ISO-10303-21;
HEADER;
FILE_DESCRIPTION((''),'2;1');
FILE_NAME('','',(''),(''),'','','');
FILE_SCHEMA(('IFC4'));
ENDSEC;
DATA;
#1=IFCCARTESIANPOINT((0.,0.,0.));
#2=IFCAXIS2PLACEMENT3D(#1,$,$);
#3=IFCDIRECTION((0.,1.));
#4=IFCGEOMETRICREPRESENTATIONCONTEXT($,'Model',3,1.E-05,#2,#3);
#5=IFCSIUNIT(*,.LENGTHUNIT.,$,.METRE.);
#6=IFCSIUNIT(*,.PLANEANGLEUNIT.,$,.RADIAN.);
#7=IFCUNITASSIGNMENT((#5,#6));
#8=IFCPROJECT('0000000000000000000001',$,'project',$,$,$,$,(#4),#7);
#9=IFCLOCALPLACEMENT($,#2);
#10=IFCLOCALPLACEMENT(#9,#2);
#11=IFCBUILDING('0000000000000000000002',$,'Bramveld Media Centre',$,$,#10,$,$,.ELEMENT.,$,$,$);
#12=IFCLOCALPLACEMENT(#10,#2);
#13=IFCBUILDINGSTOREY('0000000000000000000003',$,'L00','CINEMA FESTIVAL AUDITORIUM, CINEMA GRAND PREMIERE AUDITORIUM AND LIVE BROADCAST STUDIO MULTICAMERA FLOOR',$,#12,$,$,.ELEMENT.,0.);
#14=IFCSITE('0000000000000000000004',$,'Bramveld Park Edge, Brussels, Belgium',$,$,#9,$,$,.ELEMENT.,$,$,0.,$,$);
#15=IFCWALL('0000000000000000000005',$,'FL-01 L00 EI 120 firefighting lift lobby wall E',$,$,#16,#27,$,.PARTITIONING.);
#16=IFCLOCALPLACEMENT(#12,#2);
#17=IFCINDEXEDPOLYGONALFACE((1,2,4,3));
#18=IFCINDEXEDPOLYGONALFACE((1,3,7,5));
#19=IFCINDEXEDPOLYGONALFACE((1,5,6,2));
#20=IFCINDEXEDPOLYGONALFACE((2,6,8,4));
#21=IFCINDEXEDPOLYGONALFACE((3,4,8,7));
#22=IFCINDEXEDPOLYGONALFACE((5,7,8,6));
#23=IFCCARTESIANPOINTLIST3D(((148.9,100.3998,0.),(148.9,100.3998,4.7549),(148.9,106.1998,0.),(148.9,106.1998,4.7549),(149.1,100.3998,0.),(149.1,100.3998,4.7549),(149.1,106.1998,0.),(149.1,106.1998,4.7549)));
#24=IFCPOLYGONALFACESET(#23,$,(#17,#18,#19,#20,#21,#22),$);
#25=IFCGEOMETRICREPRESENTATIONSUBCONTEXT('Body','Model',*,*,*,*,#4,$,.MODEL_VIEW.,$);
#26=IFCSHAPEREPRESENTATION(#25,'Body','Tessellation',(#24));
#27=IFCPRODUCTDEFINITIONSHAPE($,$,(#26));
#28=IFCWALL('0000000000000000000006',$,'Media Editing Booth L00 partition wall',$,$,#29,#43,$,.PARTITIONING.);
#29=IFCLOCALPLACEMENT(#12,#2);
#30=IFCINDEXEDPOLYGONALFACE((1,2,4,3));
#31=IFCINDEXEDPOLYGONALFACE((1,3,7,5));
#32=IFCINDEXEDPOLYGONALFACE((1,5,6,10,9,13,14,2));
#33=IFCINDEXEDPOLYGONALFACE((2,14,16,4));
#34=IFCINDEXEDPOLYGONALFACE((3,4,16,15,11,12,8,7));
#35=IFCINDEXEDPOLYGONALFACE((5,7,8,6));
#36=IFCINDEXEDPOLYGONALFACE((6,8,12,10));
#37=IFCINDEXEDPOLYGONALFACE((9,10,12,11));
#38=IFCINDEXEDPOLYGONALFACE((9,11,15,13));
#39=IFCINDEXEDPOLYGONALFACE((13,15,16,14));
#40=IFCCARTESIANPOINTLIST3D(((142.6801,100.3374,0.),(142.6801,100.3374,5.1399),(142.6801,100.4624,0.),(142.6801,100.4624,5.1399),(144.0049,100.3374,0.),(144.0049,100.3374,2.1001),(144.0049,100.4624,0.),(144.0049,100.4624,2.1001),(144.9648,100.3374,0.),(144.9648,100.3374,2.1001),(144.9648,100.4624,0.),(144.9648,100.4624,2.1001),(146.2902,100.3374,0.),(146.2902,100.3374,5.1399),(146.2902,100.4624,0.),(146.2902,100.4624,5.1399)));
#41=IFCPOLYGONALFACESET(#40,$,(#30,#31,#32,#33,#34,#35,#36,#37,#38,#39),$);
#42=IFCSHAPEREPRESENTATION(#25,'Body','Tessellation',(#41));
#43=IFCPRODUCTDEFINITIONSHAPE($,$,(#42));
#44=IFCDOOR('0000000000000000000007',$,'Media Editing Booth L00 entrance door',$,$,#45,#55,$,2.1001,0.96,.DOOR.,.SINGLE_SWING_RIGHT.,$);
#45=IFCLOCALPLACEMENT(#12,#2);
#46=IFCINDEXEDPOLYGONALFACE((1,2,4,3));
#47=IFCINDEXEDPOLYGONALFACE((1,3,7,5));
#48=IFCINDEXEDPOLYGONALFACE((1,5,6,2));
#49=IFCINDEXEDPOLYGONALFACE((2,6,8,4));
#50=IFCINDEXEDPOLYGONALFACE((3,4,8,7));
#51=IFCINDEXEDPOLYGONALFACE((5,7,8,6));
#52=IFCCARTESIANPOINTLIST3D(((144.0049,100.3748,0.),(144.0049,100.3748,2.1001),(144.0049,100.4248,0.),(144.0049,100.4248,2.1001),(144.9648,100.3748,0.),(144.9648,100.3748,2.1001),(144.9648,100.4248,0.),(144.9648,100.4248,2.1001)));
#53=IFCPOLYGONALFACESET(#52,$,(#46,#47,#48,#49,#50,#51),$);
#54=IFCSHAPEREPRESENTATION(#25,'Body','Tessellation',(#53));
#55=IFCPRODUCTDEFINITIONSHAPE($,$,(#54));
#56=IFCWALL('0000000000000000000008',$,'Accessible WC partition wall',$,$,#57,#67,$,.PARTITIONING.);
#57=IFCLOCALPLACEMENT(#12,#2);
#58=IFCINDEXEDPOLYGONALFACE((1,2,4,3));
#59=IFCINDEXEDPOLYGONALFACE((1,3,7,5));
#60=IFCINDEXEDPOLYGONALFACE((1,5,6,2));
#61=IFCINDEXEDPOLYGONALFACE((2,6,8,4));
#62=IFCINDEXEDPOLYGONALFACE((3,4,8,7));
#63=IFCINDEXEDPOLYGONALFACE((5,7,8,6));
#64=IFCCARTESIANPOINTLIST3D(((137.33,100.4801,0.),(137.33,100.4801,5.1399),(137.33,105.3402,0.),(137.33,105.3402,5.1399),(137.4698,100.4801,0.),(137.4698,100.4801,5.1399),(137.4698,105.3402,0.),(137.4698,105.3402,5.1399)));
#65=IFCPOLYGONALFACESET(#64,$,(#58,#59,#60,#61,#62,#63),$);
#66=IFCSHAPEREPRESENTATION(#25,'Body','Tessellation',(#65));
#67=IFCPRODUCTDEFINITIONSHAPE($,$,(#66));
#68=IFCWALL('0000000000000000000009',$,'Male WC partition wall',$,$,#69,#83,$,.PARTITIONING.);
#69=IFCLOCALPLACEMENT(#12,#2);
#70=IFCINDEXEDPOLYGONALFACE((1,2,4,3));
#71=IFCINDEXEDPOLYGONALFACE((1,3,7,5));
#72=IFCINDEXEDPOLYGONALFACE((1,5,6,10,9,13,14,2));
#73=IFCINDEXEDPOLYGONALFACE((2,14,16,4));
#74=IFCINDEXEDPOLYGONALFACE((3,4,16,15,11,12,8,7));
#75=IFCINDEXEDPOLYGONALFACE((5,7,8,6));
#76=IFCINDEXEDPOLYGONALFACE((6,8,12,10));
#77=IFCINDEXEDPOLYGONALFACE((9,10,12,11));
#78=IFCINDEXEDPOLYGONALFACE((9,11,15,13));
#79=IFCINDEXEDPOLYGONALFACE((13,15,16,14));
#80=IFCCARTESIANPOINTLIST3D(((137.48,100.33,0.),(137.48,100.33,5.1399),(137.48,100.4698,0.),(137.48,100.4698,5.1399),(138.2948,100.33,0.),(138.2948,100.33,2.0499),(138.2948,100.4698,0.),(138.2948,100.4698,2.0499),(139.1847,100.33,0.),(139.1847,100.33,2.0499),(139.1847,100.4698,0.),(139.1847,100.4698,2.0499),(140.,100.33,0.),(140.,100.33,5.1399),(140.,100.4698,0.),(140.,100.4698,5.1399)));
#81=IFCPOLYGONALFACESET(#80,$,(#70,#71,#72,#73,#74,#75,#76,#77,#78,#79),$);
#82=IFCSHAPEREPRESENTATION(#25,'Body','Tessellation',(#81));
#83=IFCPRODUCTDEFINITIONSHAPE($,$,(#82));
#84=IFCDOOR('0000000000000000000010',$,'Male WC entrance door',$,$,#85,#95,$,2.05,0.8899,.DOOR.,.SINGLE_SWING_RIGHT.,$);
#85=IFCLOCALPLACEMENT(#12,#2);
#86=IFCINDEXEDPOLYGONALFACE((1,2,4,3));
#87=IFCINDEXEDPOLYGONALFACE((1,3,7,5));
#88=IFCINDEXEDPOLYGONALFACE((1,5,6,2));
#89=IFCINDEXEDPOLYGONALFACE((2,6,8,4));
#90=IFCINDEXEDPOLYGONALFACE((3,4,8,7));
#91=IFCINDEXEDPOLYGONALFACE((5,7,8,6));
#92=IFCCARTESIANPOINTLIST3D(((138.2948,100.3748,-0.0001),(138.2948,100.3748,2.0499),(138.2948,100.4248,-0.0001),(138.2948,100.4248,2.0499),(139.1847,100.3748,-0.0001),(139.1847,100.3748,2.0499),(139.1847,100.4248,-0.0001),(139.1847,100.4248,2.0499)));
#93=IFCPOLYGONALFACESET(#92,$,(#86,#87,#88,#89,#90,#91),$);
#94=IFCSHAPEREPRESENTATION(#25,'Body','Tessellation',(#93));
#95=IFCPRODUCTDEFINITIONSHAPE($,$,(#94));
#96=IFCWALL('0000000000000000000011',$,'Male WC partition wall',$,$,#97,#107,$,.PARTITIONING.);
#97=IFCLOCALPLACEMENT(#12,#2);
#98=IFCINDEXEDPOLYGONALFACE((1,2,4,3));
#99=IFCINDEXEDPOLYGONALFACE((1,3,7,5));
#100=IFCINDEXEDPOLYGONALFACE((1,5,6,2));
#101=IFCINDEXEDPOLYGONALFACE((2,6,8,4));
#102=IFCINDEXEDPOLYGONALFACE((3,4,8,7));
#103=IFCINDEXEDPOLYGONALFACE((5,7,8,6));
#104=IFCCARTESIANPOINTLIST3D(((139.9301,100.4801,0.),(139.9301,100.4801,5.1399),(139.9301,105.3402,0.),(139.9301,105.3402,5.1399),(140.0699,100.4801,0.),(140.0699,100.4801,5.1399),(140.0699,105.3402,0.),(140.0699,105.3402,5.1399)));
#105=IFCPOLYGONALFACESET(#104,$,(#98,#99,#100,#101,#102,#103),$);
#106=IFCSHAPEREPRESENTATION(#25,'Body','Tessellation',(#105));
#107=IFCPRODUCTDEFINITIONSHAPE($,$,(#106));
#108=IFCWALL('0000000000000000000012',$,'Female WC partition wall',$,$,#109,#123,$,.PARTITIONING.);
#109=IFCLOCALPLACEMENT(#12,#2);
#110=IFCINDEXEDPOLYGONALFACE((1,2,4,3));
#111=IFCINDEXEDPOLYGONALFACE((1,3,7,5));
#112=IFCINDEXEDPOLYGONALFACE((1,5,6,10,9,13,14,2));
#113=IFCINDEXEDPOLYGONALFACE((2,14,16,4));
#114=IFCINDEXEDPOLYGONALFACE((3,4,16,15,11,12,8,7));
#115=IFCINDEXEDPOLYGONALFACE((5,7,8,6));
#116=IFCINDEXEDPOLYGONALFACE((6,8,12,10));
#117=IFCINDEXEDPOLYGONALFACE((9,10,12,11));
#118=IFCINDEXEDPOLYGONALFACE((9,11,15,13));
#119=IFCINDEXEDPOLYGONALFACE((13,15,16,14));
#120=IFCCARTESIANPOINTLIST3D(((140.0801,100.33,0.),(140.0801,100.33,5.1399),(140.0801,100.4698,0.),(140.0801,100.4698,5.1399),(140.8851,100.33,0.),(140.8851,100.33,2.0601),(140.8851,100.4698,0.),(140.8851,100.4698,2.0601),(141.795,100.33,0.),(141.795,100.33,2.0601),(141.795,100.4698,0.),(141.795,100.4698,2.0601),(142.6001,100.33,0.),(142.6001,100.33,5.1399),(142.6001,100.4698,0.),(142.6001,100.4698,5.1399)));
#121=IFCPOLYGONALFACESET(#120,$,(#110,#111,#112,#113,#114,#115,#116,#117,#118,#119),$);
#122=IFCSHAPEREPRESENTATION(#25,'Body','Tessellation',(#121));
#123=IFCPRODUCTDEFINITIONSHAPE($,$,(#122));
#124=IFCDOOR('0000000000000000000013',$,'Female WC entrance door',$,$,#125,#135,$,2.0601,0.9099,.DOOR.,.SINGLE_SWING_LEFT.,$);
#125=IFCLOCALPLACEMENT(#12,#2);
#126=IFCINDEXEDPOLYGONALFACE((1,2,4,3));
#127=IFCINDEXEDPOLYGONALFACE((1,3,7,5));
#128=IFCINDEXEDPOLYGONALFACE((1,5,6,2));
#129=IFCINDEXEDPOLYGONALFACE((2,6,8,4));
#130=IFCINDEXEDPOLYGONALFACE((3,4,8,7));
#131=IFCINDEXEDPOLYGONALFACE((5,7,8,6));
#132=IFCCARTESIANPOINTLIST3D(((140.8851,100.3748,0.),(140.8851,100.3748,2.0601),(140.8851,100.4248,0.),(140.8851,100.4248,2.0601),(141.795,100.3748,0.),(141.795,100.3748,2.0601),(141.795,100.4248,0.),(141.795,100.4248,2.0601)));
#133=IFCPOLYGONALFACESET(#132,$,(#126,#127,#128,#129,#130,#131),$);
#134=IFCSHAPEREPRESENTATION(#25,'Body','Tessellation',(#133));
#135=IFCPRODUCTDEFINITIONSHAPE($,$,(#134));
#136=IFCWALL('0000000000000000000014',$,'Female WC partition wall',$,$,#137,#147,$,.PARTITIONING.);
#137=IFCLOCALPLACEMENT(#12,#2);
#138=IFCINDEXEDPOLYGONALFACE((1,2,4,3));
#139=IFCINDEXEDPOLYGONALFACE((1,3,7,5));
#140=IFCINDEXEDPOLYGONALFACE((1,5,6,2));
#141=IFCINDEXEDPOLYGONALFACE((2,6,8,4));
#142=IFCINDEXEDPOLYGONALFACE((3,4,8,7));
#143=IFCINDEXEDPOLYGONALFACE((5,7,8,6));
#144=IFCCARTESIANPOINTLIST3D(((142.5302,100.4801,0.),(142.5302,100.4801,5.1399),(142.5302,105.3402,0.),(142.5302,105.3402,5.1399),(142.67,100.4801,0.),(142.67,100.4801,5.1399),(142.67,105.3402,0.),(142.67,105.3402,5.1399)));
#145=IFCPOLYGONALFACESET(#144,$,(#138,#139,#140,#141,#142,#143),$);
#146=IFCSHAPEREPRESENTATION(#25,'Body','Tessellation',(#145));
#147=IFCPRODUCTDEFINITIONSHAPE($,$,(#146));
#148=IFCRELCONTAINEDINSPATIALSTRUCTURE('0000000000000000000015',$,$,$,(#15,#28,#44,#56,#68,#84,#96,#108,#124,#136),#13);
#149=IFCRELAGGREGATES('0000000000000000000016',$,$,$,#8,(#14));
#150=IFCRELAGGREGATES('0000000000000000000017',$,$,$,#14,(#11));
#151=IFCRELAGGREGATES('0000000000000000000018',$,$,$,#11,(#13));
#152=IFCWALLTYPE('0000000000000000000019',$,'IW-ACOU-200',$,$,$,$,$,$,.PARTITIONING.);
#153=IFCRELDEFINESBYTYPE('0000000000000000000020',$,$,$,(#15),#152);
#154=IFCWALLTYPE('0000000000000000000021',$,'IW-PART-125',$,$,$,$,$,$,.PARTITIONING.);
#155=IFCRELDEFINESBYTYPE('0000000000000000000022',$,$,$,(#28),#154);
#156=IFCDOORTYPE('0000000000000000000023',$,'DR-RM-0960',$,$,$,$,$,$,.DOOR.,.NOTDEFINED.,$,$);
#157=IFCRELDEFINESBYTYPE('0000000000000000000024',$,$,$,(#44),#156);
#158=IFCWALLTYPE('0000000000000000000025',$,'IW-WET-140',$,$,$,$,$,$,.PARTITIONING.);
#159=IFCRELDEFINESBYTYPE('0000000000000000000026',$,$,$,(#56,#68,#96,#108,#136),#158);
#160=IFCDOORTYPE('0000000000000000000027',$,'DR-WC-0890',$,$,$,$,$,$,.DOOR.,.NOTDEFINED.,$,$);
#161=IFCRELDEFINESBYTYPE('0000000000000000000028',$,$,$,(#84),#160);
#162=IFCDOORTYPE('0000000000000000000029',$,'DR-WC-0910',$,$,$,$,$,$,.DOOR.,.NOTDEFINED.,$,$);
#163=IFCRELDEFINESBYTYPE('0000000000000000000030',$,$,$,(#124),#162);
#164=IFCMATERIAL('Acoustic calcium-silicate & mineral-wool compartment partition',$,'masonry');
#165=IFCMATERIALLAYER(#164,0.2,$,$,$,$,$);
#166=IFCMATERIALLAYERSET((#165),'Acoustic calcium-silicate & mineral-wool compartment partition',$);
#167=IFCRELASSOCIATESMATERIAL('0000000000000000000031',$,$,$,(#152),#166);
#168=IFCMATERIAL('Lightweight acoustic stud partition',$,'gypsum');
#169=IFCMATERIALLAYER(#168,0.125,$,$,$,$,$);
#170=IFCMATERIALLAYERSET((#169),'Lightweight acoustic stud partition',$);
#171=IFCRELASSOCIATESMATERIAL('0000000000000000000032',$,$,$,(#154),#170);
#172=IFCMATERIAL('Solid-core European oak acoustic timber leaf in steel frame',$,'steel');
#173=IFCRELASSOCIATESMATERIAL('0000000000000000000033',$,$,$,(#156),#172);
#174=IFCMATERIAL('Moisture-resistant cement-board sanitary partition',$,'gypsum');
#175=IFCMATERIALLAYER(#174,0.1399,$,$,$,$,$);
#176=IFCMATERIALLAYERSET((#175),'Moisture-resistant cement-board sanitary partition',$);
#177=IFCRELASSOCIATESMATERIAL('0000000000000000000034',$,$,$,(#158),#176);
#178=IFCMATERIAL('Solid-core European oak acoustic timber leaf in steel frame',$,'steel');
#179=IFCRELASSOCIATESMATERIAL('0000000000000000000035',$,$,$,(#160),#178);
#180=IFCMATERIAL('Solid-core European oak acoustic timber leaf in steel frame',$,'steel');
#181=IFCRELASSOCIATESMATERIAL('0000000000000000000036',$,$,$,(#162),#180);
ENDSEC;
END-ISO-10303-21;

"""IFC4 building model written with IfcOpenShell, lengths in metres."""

from ifc_helpers import new_model, si_unit, direction, frame, frame_2d, origin, place, context, subcontext, project, spatial, rectangle, extrude, material, layer, layer_set, type_object, element, fill, save


model = new_model("IFC4")

# Units and contexts
model_context = context("Model", 3, precision=1e-05, world=origin(), true_north=direction((0.0, 1.0)))
body_context = subcontext(model_context, "Body", "Model", "MODEL_VIEW")
ifc_project = project(units=[si_unit("LENGTHUNIT", "METRE"), si_unit("PLANEANGLEUNIT", "RADIAN")], contexts=[model_context])

# Site, building, storey
site_placement = place(None, origin())
site = spatial("IfcSite", under=ifc_project, at=site_placement, Name="Bramveld Park Edge, Brussels, Belgium", CompositionType="ELEMENT", RefElevation=0.0)
building_placement = place(site_placement, origin())
building = spatial("IfcBuilding", under=site, at=building_placement, Name="Bramveld Media Centre", CompositionType="ELEMENT")
storey_placement = place(building_placement, origin())
storey = spatial("IfcBuildingStorey", under=building, at=storey_placement, Name="L00", Description="CINEMA FESTIVAL AUDITORIUM, CINEMA GRAND PREMIERE AUDITORIUM AND LIVE BROADCAST STUDIO MULTICAMERA FLOOR", CompositionType="ELEMENT", Elevation=0.0)

# Shared definitions
ifc_material_1 = material(Name="Acoustic calcium-silicate & mineral-wool compartment partition", Category="masonry")
ifc_layer_1 = layer(ifc_material_1, 0.2)
ifc_layer_set_1 = layer_set([ifc_layer_1], Name="Acoustic calcium-silicate & mineral-wool compartment partition")
wall_type_1 = type_object("IfcWallType", Name="IW-ACOU-200", PredefinedType="PARTITIONING", material=ifc_layer_set_1)

# Wall
wall_1_placement = place(storey_placement, frame((149.0, 100.3999, 0.0), z_axis=(0.0, 0.0, 1.0), x_axis=(0.0, 1.0, 0.0)))
element("IfcWall", 1, at=wall_1_placement, inside=storey, type_object=wall_type_1, Name="FL-01 L00 EI 120 firefighting lift lobby wall E", PredefinedType="PARTITIONING", context=body_context, shape_type="SweptSolid", body=[
    extrude(rectangle(XDim=5.8, YDim=0.2, at=frame_2d((2.8999, 0.0))), origin(), (0.0, 0.0, 1.0), 4.7549),
])

# Wall, opening, door
ifc_material_2 = material(Name="Lightweight acoustic stud partition", Category="gypsum")
ifc_layer_2 = layer(ifc_material_2, 0.125)
ifc_layer_set_2 = layer_set([ifc_layer_2], Name="Lightweight acoustic stud partition")
wall_type_2 = type_object("IfcWallType", Name="IW-PART-125", PredefinedType="PARTITIONING", material=ifc_layer_set_2)
wall_2_placement = place(storey_placement, frame((142.6799, 100.3999, 0.0), z_axis=(0.0, 0.0, 1.0), x_axis=(1.0, 0.0, 0.0)))
wall_2 = element("IfcWall", 2, at=wall_2_placement, inside=storey, type_object=wall_type_2, Name="Media Editing Booth L00 partition wall", PredefinedType="PARTITIONING", context=body_context, shape_type="SweptSolid", body=[
    extrude(rectangle(XDim=3.6101, YDim=0.125, at=frame_2d((1.8052, 0.0))), origin(), (0.0, 0.0, 1.0), 5.1399),
])
opening_1_placement = place(wall_2_placement, frame((1.325, 0.0, 0.0)))
opening_1 = element("IfcOpeningElement", 3, at=opening_1_placement, cuts=wall_2, PredefinedType="OPENING", context=body_context, shape_type="SweptSolid", body=[
    extrude(rectangle(XDim=0.96, YDim=2.1001, at=frame_2d((0.48, 1.05))), frame((0.0, 0.0745, 0.0), z_axis=(0.0, -1.0, 0.0), x_axis=(1.0, 0.0, 0.0)), (0.0, 0.0, 1.0), 0.1489),
])
ifc_material_3 = material(Name="Solid-core European oak acoustic timber leaf in steel frame", Category="steel")
door_type_1 = type_object("IfcDoorType", Name="DR-RM-0960", OperationType="NOTDEFINED", PredefinedType="DOOR", material=ifc_material_3)
door_1_placement = place(opening_1_placement, origin())
door_1 = element("IfcDoor", 4, at=door_1_placement, inside=storey, type_object=door_type_1, Name="Media Editing Booth L00 entrance door", OperationType="SINGLE_SWING_RIGHT", OverallHeight=2.1001, OverallWidth=0.96, PredefinedType="DOOR", context=body_context, shape_type="SweptSolid", body=[
    extrude(rectangle(XDim=0.96, YDim=2.1001, at=frame_2d((0.48, 1.05))), frame((0.0, 0.0249, 0.0), z_axis=(0.0, -1.0, 0.0), x_axis=(1.0, 0.0, 0.0)), (0.0, 0.0, 1.0), 0.05),
])
fill(opening_1, door_1)

# Wall
ifc_material_4 = material(Name="Moisture-resistant cement-board sanitary partition", Category="gypsum")
ifc_layer_3 = layer(ifc_material_4, 0.1399)
ifc_layer_set_3 = layer_set([ifc_layer_3], Name="Moisture-resistant cement-board sanitary partition")
wall_type_3 = type_object("IfcWallType", Name="IW-WET-140", PredefinedType="PARTITIONING", material=ifc_layer_set_3)
wall_3_placement = place(storey_placement, frame((137.3999, 100.48, 0.0), z_axis=(0.0, 0.0, 1.0), x_axis=(0.0, 1.0, 0.0)))
element("IfcWall", 5, at=wall_3_placement, inside=storey, type_object=wall_type_3, Name="Accessible WC partition wall", PredefinedType="PARTITIONING", context=body_context, shape_type="SweptSolid", body=[
    extrude(rectangle(XDim=4.8601, YDim=0.1399, at=frame_2d((2.4302, 0.0))), origin(), (0.0, 0.0, 1.0), 5.1399),
])

# Wall, opening, door
wall_4_placement = place(storey_placement, frame((137.48, 100.3999, 0.0), z_axis=(0.0, 0.0, 1.0), x_axis=(1.0, 0.0, 0.0)))
wall_4 = element("IfcWall", 6, at=wall_4_placement, inside=storey, type_object=wall_type_3, Name="Male WC partition wall", PredefinedType="PARTITIONING", context=body_context, shape_type="SweptSolid", body=[
    extrude(rectangle(XDim=2.52, YDim=0.1399, at=frame_2d((1.26, 0.0))), origin(), (0.0, 0.0, 1.0), 5.1399),
])
opening_2_placement = place(wall_4_placement, frame((0.8149, 0.0, 0.0)))
opening_2 = element("IfcOpeningElement", 7, at=opening_2_placement, cuts=wall_4, PredefinedType="OPENING", context=body_context, shape_type="SweptSolid", body=[
    extrude(rectangle(XDim=0.8899, YDim=2.05, at=frame_2d((0.4448, 1.0249))), frame((0.0, 0.082, 0.0), z_axis=(0.0, -1.0, 0.0), x_axis=(1.0, 0.0, 0.0)), (0.0, 0.0, 1.0), 0.1638),
])
ifc_material_5 = material(Name="Solid-core European oak acoustic timber leaf in steel frame", Category="steel")
door_type_2 = type_object("IfcDoorType", Name="DR-WC-0890", OperationType="NOTDEFINED", PredefinedType="DOOR", material=ifc_material_5)
door_2_placement = place(opening_2_placement, origin())
door_2 = element("IfcDoor", 8, at=door_2_placement, inside=storey, type_object=door_type_2, Name="Male WC entrance door", OperationType="SINGLE_SWING_RIGHT", OverallHeight=2.05, OverallWidth=0.8899, PredefinedType="DOOR", context=body_context, shape_type="SweptSolid", body=[
    extrude(rectangle(XDim=0.8899, YDim=2.05, at=frame_2d((0.4448, 1.0249))), frame((0.0, 0.0249, 0.0), z_axis=(0.0, -1.0, 0.0), x_axis=(1.0, 0.0, 0.0)), (0.0, 0.0, 1.0), 0.05),
])
fill(opening_2, door_2)

# Wall
wall_5_placement = place(storey_placement, frame((140.0, 100.48, 0.0), z_axis=(0.0, 0.0, 1.0), x_axis=(0.0, 1.0, 0.0)))
element("IfcWall", 9, at=wall_5_placement, inside=storey, type_object=wall_type_3, Name="Male WC partition wall", PredefinedType="PARTITIONING", context=body_context, shape_type="SweptSolid", body=[
    extrude(rectangle(XDim=4.8601, YDim=0.1399, at=frame_2d((2.4302, 0.0))), origin(), (0.0, 0.0, 1.0), 5.1399),
])

# Wall, opening, door
wall_6_placement = place(storey_placement, frame((140.0801, 100.3999, 0.0), z_axis=(0.0, 0.0, 1.0), x_axis=(1.0, 0.0, 0.0)))
wall_6 = element("IfcWall", 10, at=wall_6_placement, inside=storey, type_object=wall_type_3, Name="Female WC partition wall", PredefinedType="PARTITIONING", context=body_context, shape_type="SweptSolid", body=[
    extrude(rectangle(XDim=2.52, YDim=0.1399, at=frame_2d((1.26, 0.0))), origin(), (0.0, 0.0, 1.0), 5.1399),
])
opening_3_placement = place(wall_6_placement, frame((0.8049, 0.0, 0.0)))
opening_3 = element("IfcOpeningElement", 11, at=opening_3_placement, cuts=wall_6, PredefinedType="OPENING", context=body_context, shape_type="SweptSolid", body=[
    extrude(rectangle(XDim=0.9099, YDim=2.0601, at=frame_2d((0.4551, 1.03))), frame((0.0, 0.082, 0.0), z_axis=(0.0, -1.0, 0.0), x_axis=(1.0, 0.0, 0.0)), (0.0, 0.0, 1.0), 0.1638),
])
ifc_material_6 = material(Name="Solid-core European oak acoustic timber leaf in steel frame", Category="steel")
door_type_3 = type_object("IfcDoorType", Name="DR-WC-0910", OperationType="NOTDEFINED", PredefinedType="DOOR", material=ifc_material_6)
door_3_placement = place(opening_3_placement, origin())
door_3 = element("IfcDoor", 12, at=door_3_placement, inside=storey, type_object=door_type_3, Name="Female WC entrance door", OperationType="SINGLE_SWING_LEFT", OverallHeight=2.0601, OverallWidth=0.9099, PredefinedType="DOOR", context=body_context, shape_type="SweptSolid", body=[
    extrude(rectangle(XDim=0.9099, YDim=2.0601, at=frame_2d((0.4551, 1.03))), frame((0.0, 0.0249, 0.0), z_axis=(0.0, -1.0, 0.0), x_axis=(1.0, 0.0, 0.0)), (0.0, 0.0, 1.0), 0.05),
])
fill(opening_3, door_3)

# Wall
wall_7_placement = place(storey_placement, frame((142.6001, 100.48, 0.0), z_axis=(0.0, 0.0, 1.0), x_axis=(0.0, 1.0, 0.0)))
element("IfcWall", 13, at=wall_7_placement, inside=storey, type_object=wall_type_3, Name="Female WC partition wall", PredefinedType="PARTITIONING", context=body_context, shape_type="SweptSolid", body=[
    extrude(rectangle(XDim=4.8601, YDim=0.1399, at=frame_2d((2.4302, 0.0))), origin(), (0.0, 0.0, 1.0), 5.1399),
])

save(model, "model.ifc")
